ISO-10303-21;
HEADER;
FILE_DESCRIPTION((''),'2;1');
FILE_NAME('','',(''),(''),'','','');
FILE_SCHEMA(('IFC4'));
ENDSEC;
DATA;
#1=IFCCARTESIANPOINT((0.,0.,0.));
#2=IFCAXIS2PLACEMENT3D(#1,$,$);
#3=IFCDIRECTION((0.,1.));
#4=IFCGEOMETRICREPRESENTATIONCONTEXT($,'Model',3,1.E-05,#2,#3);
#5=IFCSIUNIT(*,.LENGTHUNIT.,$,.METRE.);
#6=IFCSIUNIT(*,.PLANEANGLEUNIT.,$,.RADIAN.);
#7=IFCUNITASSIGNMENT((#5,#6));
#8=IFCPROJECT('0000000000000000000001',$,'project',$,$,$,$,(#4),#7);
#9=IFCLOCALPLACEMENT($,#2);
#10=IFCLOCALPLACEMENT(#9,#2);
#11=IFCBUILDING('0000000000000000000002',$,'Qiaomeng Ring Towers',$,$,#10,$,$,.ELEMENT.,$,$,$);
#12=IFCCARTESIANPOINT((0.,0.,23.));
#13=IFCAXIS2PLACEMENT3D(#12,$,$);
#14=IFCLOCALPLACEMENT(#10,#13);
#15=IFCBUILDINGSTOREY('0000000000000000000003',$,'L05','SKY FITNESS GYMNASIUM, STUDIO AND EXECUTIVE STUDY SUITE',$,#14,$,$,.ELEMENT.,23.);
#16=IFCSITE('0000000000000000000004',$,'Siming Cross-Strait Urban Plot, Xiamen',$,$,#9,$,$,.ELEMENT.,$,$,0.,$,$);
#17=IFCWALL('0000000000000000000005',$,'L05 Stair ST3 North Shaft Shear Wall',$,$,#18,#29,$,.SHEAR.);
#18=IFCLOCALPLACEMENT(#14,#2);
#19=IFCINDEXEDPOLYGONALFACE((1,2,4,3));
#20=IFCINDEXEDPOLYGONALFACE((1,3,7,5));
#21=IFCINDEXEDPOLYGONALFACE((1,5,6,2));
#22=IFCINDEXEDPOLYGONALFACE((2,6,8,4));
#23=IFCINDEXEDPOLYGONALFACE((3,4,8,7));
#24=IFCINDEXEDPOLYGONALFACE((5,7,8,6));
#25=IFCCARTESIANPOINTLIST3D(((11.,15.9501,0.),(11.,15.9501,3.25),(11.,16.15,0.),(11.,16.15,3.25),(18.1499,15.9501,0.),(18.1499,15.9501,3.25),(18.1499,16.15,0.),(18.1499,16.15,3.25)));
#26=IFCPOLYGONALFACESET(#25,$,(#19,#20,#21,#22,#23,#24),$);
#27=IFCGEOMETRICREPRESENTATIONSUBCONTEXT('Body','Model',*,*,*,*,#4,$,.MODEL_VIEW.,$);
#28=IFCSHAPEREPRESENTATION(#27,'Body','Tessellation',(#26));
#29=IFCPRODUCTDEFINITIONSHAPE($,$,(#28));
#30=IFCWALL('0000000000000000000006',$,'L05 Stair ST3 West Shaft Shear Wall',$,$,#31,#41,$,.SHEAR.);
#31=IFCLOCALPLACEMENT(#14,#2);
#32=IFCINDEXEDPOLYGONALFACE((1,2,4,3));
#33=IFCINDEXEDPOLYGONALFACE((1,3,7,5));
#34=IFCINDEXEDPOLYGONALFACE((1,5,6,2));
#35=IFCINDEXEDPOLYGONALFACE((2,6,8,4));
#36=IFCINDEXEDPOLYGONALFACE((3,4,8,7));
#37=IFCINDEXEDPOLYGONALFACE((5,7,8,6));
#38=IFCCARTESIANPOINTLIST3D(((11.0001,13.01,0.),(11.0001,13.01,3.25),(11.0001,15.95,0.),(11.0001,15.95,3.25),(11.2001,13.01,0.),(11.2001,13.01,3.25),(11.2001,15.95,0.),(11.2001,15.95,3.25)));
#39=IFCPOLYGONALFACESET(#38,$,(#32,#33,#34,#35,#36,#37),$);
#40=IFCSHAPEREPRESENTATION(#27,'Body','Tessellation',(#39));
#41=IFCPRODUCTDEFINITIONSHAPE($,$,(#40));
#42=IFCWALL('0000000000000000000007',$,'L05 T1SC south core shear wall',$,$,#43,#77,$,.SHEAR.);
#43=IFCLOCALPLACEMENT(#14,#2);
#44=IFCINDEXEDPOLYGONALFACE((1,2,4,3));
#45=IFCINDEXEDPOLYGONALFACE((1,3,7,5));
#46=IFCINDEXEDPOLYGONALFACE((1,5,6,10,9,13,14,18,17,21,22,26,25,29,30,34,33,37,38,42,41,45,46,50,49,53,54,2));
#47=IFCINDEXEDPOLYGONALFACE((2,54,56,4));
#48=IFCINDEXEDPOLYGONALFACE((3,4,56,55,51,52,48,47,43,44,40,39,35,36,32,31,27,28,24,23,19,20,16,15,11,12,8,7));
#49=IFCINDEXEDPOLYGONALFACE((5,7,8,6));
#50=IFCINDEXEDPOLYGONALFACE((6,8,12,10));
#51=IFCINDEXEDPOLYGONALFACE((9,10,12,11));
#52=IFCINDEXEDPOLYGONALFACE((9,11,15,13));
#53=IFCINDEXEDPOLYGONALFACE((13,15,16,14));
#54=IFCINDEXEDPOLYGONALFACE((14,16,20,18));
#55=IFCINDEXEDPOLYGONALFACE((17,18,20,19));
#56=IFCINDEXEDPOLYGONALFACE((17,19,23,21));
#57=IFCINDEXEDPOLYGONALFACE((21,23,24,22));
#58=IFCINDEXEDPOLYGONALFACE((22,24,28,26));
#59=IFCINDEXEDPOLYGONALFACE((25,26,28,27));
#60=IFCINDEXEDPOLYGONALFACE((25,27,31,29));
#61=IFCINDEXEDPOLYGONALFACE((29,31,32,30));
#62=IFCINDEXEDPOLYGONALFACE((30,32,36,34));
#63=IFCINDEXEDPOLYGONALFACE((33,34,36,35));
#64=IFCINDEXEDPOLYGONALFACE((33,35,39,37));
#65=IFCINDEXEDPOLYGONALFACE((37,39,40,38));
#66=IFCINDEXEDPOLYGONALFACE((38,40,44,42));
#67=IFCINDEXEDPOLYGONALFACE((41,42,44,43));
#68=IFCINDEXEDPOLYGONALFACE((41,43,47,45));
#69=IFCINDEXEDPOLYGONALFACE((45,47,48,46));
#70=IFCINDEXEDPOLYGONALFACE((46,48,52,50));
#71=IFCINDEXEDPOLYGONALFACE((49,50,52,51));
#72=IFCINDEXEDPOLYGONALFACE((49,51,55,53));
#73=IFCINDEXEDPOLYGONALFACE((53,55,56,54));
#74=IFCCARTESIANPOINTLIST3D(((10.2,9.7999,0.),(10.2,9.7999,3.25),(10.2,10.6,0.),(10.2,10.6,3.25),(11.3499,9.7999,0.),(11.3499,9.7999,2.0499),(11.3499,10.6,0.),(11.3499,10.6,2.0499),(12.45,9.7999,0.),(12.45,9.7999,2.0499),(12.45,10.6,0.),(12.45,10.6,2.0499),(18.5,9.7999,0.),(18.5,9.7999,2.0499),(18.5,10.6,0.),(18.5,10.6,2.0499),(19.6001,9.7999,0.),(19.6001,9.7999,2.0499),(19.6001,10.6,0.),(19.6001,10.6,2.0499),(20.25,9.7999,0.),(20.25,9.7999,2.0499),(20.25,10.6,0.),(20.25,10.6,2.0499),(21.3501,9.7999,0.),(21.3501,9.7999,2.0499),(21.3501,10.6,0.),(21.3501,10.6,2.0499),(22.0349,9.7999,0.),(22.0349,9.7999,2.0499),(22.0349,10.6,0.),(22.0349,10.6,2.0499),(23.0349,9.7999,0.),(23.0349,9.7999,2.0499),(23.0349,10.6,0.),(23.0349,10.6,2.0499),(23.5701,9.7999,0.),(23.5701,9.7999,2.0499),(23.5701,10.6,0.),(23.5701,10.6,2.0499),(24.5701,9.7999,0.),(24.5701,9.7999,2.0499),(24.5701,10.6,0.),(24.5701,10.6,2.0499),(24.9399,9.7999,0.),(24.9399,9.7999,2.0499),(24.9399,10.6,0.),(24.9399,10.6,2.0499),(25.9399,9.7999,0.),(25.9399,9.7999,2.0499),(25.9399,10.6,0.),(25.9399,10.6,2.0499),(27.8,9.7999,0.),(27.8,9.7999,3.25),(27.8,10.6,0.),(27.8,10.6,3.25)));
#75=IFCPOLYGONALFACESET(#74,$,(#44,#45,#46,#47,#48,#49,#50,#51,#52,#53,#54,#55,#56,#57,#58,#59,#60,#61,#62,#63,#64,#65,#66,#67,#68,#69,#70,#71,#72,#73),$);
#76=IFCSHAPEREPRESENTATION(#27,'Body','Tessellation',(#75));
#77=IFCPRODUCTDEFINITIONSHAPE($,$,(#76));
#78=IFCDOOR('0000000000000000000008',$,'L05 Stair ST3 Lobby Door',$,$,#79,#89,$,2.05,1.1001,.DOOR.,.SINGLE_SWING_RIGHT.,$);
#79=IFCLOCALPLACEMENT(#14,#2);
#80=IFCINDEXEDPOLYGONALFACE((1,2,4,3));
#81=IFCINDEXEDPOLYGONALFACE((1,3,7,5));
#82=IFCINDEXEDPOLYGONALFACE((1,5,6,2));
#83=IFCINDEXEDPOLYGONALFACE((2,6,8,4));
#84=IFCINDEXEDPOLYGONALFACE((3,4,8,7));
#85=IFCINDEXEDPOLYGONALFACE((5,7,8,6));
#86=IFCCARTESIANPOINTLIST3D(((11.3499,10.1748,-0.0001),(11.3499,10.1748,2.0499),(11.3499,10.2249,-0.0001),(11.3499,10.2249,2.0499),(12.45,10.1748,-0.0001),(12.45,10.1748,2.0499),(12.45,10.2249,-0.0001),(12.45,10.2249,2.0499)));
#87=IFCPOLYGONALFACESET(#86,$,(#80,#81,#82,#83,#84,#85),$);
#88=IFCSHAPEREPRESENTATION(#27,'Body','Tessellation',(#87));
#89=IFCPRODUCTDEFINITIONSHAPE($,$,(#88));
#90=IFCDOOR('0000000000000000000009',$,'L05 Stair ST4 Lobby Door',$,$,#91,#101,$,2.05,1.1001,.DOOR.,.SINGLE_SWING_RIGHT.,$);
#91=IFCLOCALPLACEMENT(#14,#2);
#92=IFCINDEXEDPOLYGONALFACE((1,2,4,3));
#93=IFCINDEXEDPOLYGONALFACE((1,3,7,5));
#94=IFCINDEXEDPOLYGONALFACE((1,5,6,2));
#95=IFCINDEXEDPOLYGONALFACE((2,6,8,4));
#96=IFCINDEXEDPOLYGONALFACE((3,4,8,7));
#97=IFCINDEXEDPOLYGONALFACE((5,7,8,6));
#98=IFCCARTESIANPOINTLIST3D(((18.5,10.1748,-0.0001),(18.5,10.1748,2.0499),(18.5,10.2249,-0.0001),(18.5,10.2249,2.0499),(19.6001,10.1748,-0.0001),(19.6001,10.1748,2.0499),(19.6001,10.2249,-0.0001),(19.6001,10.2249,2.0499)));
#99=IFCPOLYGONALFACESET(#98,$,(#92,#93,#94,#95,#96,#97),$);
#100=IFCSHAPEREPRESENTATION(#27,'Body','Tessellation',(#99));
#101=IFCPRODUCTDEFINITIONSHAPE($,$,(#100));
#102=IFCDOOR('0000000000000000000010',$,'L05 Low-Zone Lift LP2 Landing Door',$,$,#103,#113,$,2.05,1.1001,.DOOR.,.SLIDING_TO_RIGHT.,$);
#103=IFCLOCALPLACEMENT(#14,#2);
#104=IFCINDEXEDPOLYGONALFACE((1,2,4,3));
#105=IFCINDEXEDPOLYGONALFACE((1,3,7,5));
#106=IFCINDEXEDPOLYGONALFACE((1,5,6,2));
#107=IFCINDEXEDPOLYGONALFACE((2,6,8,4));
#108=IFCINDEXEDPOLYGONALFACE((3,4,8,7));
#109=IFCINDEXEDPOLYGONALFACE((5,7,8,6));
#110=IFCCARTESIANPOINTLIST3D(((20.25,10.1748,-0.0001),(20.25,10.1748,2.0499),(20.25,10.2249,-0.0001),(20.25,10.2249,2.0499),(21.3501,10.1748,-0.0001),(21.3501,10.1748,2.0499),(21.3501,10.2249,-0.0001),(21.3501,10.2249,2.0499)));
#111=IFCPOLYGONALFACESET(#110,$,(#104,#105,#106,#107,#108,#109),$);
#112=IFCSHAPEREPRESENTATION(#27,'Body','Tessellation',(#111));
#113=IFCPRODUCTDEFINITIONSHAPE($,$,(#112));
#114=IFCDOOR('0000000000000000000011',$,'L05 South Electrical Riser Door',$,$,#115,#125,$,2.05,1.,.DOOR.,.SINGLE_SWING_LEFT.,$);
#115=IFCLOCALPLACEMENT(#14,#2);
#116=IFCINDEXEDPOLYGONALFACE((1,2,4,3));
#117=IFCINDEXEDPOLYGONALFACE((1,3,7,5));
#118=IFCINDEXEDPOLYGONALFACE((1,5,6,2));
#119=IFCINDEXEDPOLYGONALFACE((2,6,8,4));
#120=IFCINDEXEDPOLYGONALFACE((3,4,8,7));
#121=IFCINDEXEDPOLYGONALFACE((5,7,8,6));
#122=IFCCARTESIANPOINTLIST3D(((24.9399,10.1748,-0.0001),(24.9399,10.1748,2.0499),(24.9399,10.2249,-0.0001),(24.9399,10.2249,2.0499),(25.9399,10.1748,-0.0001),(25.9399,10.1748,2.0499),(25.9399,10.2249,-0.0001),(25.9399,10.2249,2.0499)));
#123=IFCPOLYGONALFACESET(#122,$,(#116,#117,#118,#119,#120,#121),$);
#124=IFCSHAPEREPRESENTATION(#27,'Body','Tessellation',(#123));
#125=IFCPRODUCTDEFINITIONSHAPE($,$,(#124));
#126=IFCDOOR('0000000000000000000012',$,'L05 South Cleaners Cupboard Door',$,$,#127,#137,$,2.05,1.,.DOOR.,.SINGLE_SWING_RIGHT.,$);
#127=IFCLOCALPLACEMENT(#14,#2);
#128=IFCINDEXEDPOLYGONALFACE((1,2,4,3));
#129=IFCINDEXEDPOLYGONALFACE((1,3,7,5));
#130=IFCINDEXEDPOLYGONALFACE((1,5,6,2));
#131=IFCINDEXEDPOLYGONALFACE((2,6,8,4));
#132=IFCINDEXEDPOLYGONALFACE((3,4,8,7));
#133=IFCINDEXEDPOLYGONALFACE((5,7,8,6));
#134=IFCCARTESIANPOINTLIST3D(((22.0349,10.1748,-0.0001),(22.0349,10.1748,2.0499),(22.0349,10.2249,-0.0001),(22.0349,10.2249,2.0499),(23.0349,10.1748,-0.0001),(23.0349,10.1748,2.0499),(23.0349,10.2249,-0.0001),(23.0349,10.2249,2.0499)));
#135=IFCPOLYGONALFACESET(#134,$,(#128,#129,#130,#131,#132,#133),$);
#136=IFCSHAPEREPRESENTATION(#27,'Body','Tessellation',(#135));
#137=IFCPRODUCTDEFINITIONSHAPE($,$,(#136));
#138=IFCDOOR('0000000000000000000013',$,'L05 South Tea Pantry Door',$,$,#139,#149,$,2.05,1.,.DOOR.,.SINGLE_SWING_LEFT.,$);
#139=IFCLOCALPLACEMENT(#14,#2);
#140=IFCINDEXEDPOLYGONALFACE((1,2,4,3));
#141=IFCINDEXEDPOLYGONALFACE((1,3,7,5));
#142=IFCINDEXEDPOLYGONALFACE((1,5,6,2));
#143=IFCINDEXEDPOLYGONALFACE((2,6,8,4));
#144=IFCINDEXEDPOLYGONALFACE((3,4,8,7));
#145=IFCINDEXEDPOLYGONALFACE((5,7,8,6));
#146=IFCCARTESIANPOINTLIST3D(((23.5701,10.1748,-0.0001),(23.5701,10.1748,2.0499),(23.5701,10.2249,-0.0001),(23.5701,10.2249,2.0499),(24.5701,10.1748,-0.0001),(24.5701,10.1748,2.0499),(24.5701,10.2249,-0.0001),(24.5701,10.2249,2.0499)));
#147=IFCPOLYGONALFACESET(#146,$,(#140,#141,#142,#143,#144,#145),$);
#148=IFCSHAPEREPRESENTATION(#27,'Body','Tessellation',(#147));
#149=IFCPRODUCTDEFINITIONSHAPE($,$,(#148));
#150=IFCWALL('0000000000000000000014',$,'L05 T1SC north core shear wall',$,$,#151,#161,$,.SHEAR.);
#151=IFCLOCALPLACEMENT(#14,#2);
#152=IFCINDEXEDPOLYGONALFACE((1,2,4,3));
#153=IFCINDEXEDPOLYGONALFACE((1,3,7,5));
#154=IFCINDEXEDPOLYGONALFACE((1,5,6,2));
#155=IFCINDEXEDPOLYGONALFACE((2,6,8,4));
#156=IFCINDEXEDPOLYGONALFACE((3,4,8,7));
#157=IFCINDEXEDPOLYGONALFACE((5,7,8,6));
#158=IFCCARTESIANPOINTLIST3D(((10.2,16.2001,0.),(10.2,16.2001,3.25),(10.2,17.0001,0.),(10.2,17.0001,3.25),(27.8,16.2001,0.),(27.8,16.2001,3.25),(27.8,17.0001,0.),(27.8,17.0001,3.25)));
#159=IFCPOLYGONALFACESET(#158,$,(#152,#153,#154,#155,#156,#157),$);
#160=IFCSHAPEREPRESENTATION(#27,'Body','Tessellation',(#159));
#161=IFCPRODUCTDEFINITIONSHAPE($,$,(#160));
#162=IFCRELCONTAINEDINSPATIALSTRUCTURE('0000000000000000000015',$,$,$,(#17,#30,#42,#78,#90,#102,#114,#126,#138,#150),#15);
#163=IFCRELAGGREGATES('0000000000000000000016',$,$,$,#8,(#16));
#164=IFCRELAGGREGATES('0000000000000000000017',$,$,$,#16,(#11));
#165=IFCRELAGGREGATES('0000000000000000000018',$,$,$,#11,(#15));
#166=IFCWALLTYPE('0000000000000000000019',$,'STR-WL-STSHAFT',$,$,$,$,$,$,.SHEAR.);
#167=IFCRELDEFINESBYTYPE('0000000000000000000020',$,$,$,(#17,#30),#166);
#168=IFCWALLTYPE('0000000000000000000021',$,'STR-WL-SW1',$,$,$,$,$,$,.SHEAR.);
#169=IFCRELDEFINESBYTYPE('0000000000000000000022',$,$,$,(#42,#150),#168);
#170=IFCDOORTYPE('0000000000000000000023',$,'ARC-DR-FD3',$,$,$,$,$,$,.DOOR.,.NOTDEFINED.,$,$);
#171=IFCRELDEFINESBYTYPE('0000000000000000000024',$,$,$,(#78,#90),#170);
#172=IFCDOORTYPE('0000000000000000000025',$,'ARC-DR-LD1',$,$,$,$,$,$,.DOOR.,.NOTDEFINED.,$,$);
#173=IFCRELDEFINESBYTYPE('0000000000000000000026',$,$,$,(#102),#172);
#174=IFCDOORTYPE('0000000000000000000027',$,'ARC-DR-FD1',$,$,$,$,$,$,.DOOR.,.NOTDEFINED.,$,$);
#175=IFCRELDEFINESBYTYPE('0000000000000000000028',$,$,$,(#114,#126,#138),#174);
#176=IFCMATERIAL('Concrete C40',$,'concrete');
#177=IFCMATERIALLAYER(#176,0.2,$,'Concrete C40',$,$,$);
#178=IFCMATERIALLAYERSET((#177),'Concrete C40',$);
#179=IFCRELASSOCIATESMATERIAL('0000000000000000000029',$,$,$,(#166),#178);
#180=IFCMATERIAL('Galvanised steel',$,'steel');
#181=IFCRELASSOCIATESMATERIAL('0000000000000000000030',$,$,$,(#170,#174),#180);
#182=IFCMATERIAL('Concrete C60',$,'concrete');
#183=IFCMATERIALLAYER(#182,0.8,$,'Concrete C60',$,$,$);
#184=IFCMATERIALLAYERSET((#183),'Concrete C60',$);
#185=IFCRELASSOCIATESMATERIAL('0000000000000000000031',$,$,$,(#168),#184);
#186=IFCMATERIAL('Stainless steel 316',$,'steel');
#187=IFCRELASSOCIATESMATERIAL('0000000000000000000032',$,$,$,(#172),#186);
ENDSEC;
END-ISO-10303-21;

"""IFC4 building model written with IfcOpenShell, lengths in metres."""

from ifc_helpers import new_model, si_unit, direction, frame, frame_2d, origin, place, context, subcontext, project, spatial, rectangle, extrude, source, transform, mapped, material, layer, layer_set, type_object, element, fill, save


model = new_model("IFC4")

# Units and contexts
model_context = context("Model", 3, precision=1e-05, world=origin(), true_north=direction((0.0, 1.0)))
body_context = subcontext(model_context, "Body", "Model", "MODEL_VIEW")
ifc_project = project(units=[si_unit("LENGTHUNIT", "METRE"), si_unit("PLANEANGLEUNIT", "RADIAN")], contexts=[model_context])

# Site, building, storey
site_placement = place(None, origin())
site = spatial("IfcSite", under=ifc_project, at=site_placement, Name="Siming Cross-Strait Urban Plot, Xiamen", CompositionType="ELEMENT", RefElevation=0.0)
building_placement = place(site_placement, origin())
building = spatial("IfcBuilding", under=site, at=building_placement, Name="Qiaomeng Ring Towers", CompositionType="ELEMENT")
storey_placement = place(building_placement, frame((0.0, 0.0, 23.0)))
storey = spatial("IfcBuildingStorey", under=building, at=storey_placement, Name="L05", Description="SKY FITNESS GYMNASIUM, STUDIO AND EXECUTIVE STUDY SUITE", CompositionType="ELEMENT", Elevation=23.0)

# Shared definitions
shared_shape_1 = source(origin(), body_context, "Body", "SweptSolid", [
    extrude(rectangle(XDim=1.0, YDim=2.05, at=frame_2d((0.5, 1.0249))), frame((0.0, 0.0249, 0.0), z_axis=(0.0, -1.0, 0.0), x_axis=(1.0, 0.0, 0.0)), (0.0, 0.0, 1.0), 0.05),
])

# Shared definitions
ifc_material_1 = material(Name="Concrete C40", Category="concrete")
ifc_layer_1 = layer(ifc_material_1, 0.2, Name="Concrete C40")
ifc_layer_set_1 = layer_set([ifc_layer_1], Name="Concrete C40")
wall_type_1 = type_object("IfcWallType", Name="STR-WL-STSHAFT", PredefinedType="SHEAR", material=ifc_layer_set_1)
ifc_material_2 = material(Name="Galvanised steel", Category="steel")
door_type_1 = type_object("IfcDoorType", Name="ARC-DR-FD3", OperationType="NOTDEFINED", PredefinedType="DOOR", material=ifc_material_2)
shared_shape_2 = source(origin(), body_context, "Body", "SweptSolid", [
    extrude(rectangle(XDim=1.1001, YDim=2.05, at=frame_2d((0.55, 1.0249))), frame((0.0, 0.0249, 0.0), z_axis=(0.0, -1.0, 0.0), x_axis=(1.0, 0.0, 0.0)), (0.0, 0.0, 1.0), 0.05),
])

# Walls
wall_1_placement = place(storey_placement, frame((11.0, 16.05, 0.0), z_axis=(0.0, 0.0, 1.0), x_axis=(1.0, 0.0, 0.0)))
element("IfcWall", 1, at=wall_1_placement, inside=storey, type_object=wall_type_1, Name="L05 Stair ST3 North Shaft Shear Wall", PredefinedType="SHEAR", context=body_context, shape_type="SweptSolid", body=[
    extrude(rectangle(XDim=7.1499, YDim=0.2, at=frame_2d((3.575, 0.0))), origin(), (0.0, 0.0, 1.0), 3.25),
])
wall_2_placement = place(storey_placement, frame((11.1001, 13.01, 0.0), z_axis=(0.0, 0.0, 1.0), x_axis=(0.0, 1.0, 0.0)))
element("IfcWall", 2, at=wall_2_placement, inside=storey, type_object=wall_type_1, Name="L05 Stair ST3 West Shaft Shear Wall", PredefinedType="SHEAR", context=body_context, shape_type="SweptSolid", body=[
    extrude(rectangle(XDim=2.9399, YDim=0.2, at=frame_2d((1.47, 0.0))), origin(), (0.0, 0.0, 1.0), 3.25),
])

# Wall, openings, doors
ifc_material_3 = material(Name="Concrete C60", Category="concrete")
ifc_layer_2 = layer(ifc_material_3, 0.8, Name="Concrete C60")
ifc_layer_set_2 = layer_set([ifc_layer_2], Name="Concrete C60")
wall_type_2 = type_object("IfcWallType", Name="STR-WL-SW1", PredefinedType="SHEAR", material=ifc_layer_set_2)
wall_3_placement = place(storey_placement, frame((10.2, 10.2, 0.0), z_axis=(0.0, 0.0, 1.0), x_axis=(1.0, 0.0, 0.0)))
wall_3 = element("IfcWall", 3, at=wall_3_placement, inside=storey, type_object=wall_type_2, Name="L05 T1SC south core shear wall", PredefinedType="SHEAR", context=body_context, shape_type="SweptSolid", body=[
    extrude(rectangle(XDim=17.6001, YDim=0.8, at=frame_2d((8.8, 0.0))), origin(), (0.0, 0.0, 1.0), 3.25),
])
opening_1_placement = place(wall_3_placement, frame((1.1499, 0.0, 0.0)))
opening_1 = element("IfcOpeningElement", 4, at=opening_1_placement, cuts=wall_3, PredefinedType="OPENING", context=body_context, shape_type="SweptSolid", body=[
    extrude(rectangle(XDim=1.1001, YDim=2.05, at=frame_2d((0.55, 1.0249))), frame((0.0, 0.4099, 0.0), z_axis=(0.0, -1.0, 0.0), x_axis=(1.0, 0.0, 0.0)), (0.0, 0.0, 1.0), 0.8201),
])
opening_2_placement = place(wall_3_placement, frame((8.3, 0.0, 0.0)))
opening_2 = element("IfcOpeningElement", 5, at=opening_2_placement, cuts=wall_3, PredefinedType="OPENING", context=body_context, shape_type="SweptSolid", body=[
    extrude(rectangle(XDim=1.1001, YDim=2.05, at=frame_2d((0.55, 1.0249))), frame((0.0, 0.4099, 0.0), z_axis=(0.0, -1.0, 0.0), x_axis=(1.0, 0.0, 0.0)), (0.0, 0.0, 1.0), 0.8201),
])
opening_3_placement = place(wall_3_placement, frame((10.05, 0.0, 0.0)))
opening_3 = element("IfcOpeningElement", 6, at=opening_3_placement, cuts=wall_3, PredefinedType="OPENING", context=body_context, shape_type="SweptSolid", body=[
    extrude(rectangle(XDim=1.1001, YDim=2.05, at=frame_2d((0.55, 1.0249))), frame((0.0, 0.4099, 0.0), z_axis=(0.0, -1.0, 0.0), x_axis=(1.0, 0.0, 0.0)), (0.0, 0.0, 1.0), 0.8201),
])
opening_4_placement = place(wall_3_placement, frame((14.74, 0.0, 0.0)))
opening_4 = element("IfcOpeningElement", 7, at=opening_4_placement, cuts=wall_3, PredefinedType="OPENING", context=body_context, shape_type="SweptSolid", body=[
    extrude(rectangle(XDim=1.0, YDim=2.05, at=frame_2d((0.5, 1.0249))), frame((0.0, 0.4099, 0.0), z_axis=(0.0, -1.0, 0.0), x_axis=(1.0, 0.0, 0.0)), (0.0, 0.0, 1.0), 0.8201),
])
opening_5_placement = place(wall_3_placement, frame((11.835, 0.0, 0.0)))
opening_5 = element("IfcOpeningElement", 8, at=opening_5_placement, cuts=wall_3, PredefinedType="OPENING", context=body_context, shape_type="SweptSolid", body=[
    extrude(rectangle(XDim=1.0, YDim=2.05, at=frame_2d((0.5, 1.0249))), frame((0.0, 0.4099, 0.0), z_axis=(0.0, -1.0, 0.0), x_axis=(1.0, 0.0, 0.0)), (0.0, 0.0, 1.0), 0.8201),
])
opening_6_placement = place(wall_3_placement, frame((13.3701, 0.0, 0.0)))
opening_6 = element("IfcOpeningElement", 9, at=opening_6_placement, cuts=wall_3, PredefinedType="OPENING", context=body_context, shape_type="SweptSolid", body=[
    extrude(rectangle(XDim=1.0, YDim=2.05, at=frame_2d((0.5, 1.0249))), frame((0.0, 0.4099, 0.0), z_axis=(0.0, -1.0, 0.0), x_axis=(1.0, 0.0, 0.0)), (0.0, 0.0, 1.0), 0.8201),
])
door_1_placement = place(opening_1_placement, origin())
door_1 = element("IfcDoor", 10, at=door_1_placement, inside=storey, type_object=door_type_1, Name="L05 Stair ST3 Lobby Door", OperationType="SINGLE_SWING_RIGHT", OverallHeight=2.05, OverallWidth=1.1001, PredefinedType="DOOR", context=body_context, shape_type="MappedRepresentation", body=[
    mapped(shared_shape_2, transform((0.0, 0.0, 0.0), x_axis=(1.0, 0.0, 0.0), y_axis=(0.0, 1.0, 0.0), z_axis=(0.0, 0.0, 1.0), scale=1.0)),
])
fill(opening_1, door_1)
door_2_placement = place(opening_2_placement, origin())
door_2 = element("IfcDoor", 11, at=door_2_placement, inside=storey, type_object=door_type_1, Name="L05 Stair ST4 Lobby Door", OperationType="SINGLE_SWING_RIGHT", OverallHeight=2.05, OverallWidth=1.1001, PredefinedType="DOOR", context=body_context, shape_type="MappedRepresentation", body=[
    mapped(shared_shape_2, transform((0.0, 0.0, 0.0), x_axis=(1.0, 0.0, 0.0), y_axis=(0.0, 1.0, 0.0), z_axis=(0.0, 0.0, 1.0), scale=1.0)),
])
fill(opening_2, door_2)
ifc_material_4 = material(Name="Stainless steel 316", Category="steel")
door_type_2 = type_object("IfcDoorType", Name="ARC-DR-LD1", OperationType="NOTDEFINED", PredefinedType="DOOR", material=ifc_material_4)
door_3_placement = place(opening_3_placement, origin())
door_3 = element("IfcDoor", 12, at=door_3_placement, inside=storey, type_object=door_type_2, Name="L05 Low-Zone Lift LP2 Landing Door", OperationType="SLIDING_TO_RIGHT", OverallHeight=2.05, OverallWidth=1.1001, PredefinedType="DOOR", context=body_context, shape_type="MappedRepresentation", body=[
    mapped(shared_shape_2, transform((0.0, 0.0, 0.0), x_axis=(1.0, 0.0, 0.0), y_axis=(0.0, 1.0, 0.0), z_axis=(0.0, 0.0, 1.0), scale=1.0)),
])
fill(opening_3, door_3)
door_type_3 = type_object("IfcDoorType", Name="ARC-DR-FD1", OperationType="NOTDEFINED", PredefinedType="DOOR", material=ifc_material_2)
door_4_placement = place(opening_4_placement, origin())
door_4 = element("IfcDoor", 13, at=door_4_placement, inside=storey, type_object=door_type_3, Name="L05 South Electrical Riser Door", OperationType="SINGLE_SWING_LEFT", OverallHeight=2.05, OverallWidth=1.0, PredefinedType="DOOR", context=body_context, shape_type="MappedRepresentation", body=[
    mapped(shared_shape_1, transform((0.0, 0.0, 0.0), x_axis=(1.0, 0.0, 0.0), y_axis=(0.0, 1.0, 0.0), z_axis=(0.0, 0.0, 1.0), scale=1.0)),
])
fill(opening_4, door_4)
door_5_placement = place(opening_5_placement, origin())
door_5 = element("IfcDoor", 14, at=door_5_placement, inside=storey, type_object=door_type_3, Name="L05 South Cleaners Cupboard Door", OperationType="SINGLE_SWING_RIGHT", OverallHeight=2.05, OverallWidth=1.0, PredefinedType="DOOR", context=body_context, shape_type="MappedRepresentation", body=[
    mapped(shared_shape_1, transform((0.0, 0.0, 0.0), x_axis=(1.0, 0.0, 0.0), y_axis=(0.0, 1.0, 0.0), z_axis=(0.0, 0.0, 1.0), scale=1.0)),
])
fill(opening_5, door_5)
door_6_placement = place(opening_6_placement, origin())
door_6 = element("IfcDoor", 15, at=door_6_placement, inside=storey, type_object=door_type_3, Name="L05 South Tea Pantry Door", OperationType="SINGLE_SWING_LEFT", OverallHeight=2.05, OverallWidth=1.0, PredefinedType="DOOR", context=body_context, shape_type="MappedRepresentation", body=[
    mapped(shared_shape_1, transform((0.0, 0.0, 0.0), x_axis=(1.0, 0.0, 0.0), y_axis=(0.0, 1.0, 0.0), z_axis=(0.0, 0.0, 1.0), scale=1.0)),
])
fill(opening_6, door_6)

# Wall
wall_4_placement = place(storey_placement, frame((10.2, 16.6001, 0.0), z_axis=(0.0, 0.0, 1.0), x_axis=(1.0, 0.0, 0.0)))
element("IfcWall", 16, at=wall_4_placement, inside=storey, type_object=wall_type_2, Name="L05 T1SC north core shear wall", PredefinedType="SHEAR", context=body_context, shape_type="SweptSolid", body=[
    extrude(rectangle(XDim=17.6001, YDim=0.8, at=frame_2d((8.8, 0.0))), origin(), (0.0, 0.0, 1.0), 3.25),
])

save(model, "model.ifc")
